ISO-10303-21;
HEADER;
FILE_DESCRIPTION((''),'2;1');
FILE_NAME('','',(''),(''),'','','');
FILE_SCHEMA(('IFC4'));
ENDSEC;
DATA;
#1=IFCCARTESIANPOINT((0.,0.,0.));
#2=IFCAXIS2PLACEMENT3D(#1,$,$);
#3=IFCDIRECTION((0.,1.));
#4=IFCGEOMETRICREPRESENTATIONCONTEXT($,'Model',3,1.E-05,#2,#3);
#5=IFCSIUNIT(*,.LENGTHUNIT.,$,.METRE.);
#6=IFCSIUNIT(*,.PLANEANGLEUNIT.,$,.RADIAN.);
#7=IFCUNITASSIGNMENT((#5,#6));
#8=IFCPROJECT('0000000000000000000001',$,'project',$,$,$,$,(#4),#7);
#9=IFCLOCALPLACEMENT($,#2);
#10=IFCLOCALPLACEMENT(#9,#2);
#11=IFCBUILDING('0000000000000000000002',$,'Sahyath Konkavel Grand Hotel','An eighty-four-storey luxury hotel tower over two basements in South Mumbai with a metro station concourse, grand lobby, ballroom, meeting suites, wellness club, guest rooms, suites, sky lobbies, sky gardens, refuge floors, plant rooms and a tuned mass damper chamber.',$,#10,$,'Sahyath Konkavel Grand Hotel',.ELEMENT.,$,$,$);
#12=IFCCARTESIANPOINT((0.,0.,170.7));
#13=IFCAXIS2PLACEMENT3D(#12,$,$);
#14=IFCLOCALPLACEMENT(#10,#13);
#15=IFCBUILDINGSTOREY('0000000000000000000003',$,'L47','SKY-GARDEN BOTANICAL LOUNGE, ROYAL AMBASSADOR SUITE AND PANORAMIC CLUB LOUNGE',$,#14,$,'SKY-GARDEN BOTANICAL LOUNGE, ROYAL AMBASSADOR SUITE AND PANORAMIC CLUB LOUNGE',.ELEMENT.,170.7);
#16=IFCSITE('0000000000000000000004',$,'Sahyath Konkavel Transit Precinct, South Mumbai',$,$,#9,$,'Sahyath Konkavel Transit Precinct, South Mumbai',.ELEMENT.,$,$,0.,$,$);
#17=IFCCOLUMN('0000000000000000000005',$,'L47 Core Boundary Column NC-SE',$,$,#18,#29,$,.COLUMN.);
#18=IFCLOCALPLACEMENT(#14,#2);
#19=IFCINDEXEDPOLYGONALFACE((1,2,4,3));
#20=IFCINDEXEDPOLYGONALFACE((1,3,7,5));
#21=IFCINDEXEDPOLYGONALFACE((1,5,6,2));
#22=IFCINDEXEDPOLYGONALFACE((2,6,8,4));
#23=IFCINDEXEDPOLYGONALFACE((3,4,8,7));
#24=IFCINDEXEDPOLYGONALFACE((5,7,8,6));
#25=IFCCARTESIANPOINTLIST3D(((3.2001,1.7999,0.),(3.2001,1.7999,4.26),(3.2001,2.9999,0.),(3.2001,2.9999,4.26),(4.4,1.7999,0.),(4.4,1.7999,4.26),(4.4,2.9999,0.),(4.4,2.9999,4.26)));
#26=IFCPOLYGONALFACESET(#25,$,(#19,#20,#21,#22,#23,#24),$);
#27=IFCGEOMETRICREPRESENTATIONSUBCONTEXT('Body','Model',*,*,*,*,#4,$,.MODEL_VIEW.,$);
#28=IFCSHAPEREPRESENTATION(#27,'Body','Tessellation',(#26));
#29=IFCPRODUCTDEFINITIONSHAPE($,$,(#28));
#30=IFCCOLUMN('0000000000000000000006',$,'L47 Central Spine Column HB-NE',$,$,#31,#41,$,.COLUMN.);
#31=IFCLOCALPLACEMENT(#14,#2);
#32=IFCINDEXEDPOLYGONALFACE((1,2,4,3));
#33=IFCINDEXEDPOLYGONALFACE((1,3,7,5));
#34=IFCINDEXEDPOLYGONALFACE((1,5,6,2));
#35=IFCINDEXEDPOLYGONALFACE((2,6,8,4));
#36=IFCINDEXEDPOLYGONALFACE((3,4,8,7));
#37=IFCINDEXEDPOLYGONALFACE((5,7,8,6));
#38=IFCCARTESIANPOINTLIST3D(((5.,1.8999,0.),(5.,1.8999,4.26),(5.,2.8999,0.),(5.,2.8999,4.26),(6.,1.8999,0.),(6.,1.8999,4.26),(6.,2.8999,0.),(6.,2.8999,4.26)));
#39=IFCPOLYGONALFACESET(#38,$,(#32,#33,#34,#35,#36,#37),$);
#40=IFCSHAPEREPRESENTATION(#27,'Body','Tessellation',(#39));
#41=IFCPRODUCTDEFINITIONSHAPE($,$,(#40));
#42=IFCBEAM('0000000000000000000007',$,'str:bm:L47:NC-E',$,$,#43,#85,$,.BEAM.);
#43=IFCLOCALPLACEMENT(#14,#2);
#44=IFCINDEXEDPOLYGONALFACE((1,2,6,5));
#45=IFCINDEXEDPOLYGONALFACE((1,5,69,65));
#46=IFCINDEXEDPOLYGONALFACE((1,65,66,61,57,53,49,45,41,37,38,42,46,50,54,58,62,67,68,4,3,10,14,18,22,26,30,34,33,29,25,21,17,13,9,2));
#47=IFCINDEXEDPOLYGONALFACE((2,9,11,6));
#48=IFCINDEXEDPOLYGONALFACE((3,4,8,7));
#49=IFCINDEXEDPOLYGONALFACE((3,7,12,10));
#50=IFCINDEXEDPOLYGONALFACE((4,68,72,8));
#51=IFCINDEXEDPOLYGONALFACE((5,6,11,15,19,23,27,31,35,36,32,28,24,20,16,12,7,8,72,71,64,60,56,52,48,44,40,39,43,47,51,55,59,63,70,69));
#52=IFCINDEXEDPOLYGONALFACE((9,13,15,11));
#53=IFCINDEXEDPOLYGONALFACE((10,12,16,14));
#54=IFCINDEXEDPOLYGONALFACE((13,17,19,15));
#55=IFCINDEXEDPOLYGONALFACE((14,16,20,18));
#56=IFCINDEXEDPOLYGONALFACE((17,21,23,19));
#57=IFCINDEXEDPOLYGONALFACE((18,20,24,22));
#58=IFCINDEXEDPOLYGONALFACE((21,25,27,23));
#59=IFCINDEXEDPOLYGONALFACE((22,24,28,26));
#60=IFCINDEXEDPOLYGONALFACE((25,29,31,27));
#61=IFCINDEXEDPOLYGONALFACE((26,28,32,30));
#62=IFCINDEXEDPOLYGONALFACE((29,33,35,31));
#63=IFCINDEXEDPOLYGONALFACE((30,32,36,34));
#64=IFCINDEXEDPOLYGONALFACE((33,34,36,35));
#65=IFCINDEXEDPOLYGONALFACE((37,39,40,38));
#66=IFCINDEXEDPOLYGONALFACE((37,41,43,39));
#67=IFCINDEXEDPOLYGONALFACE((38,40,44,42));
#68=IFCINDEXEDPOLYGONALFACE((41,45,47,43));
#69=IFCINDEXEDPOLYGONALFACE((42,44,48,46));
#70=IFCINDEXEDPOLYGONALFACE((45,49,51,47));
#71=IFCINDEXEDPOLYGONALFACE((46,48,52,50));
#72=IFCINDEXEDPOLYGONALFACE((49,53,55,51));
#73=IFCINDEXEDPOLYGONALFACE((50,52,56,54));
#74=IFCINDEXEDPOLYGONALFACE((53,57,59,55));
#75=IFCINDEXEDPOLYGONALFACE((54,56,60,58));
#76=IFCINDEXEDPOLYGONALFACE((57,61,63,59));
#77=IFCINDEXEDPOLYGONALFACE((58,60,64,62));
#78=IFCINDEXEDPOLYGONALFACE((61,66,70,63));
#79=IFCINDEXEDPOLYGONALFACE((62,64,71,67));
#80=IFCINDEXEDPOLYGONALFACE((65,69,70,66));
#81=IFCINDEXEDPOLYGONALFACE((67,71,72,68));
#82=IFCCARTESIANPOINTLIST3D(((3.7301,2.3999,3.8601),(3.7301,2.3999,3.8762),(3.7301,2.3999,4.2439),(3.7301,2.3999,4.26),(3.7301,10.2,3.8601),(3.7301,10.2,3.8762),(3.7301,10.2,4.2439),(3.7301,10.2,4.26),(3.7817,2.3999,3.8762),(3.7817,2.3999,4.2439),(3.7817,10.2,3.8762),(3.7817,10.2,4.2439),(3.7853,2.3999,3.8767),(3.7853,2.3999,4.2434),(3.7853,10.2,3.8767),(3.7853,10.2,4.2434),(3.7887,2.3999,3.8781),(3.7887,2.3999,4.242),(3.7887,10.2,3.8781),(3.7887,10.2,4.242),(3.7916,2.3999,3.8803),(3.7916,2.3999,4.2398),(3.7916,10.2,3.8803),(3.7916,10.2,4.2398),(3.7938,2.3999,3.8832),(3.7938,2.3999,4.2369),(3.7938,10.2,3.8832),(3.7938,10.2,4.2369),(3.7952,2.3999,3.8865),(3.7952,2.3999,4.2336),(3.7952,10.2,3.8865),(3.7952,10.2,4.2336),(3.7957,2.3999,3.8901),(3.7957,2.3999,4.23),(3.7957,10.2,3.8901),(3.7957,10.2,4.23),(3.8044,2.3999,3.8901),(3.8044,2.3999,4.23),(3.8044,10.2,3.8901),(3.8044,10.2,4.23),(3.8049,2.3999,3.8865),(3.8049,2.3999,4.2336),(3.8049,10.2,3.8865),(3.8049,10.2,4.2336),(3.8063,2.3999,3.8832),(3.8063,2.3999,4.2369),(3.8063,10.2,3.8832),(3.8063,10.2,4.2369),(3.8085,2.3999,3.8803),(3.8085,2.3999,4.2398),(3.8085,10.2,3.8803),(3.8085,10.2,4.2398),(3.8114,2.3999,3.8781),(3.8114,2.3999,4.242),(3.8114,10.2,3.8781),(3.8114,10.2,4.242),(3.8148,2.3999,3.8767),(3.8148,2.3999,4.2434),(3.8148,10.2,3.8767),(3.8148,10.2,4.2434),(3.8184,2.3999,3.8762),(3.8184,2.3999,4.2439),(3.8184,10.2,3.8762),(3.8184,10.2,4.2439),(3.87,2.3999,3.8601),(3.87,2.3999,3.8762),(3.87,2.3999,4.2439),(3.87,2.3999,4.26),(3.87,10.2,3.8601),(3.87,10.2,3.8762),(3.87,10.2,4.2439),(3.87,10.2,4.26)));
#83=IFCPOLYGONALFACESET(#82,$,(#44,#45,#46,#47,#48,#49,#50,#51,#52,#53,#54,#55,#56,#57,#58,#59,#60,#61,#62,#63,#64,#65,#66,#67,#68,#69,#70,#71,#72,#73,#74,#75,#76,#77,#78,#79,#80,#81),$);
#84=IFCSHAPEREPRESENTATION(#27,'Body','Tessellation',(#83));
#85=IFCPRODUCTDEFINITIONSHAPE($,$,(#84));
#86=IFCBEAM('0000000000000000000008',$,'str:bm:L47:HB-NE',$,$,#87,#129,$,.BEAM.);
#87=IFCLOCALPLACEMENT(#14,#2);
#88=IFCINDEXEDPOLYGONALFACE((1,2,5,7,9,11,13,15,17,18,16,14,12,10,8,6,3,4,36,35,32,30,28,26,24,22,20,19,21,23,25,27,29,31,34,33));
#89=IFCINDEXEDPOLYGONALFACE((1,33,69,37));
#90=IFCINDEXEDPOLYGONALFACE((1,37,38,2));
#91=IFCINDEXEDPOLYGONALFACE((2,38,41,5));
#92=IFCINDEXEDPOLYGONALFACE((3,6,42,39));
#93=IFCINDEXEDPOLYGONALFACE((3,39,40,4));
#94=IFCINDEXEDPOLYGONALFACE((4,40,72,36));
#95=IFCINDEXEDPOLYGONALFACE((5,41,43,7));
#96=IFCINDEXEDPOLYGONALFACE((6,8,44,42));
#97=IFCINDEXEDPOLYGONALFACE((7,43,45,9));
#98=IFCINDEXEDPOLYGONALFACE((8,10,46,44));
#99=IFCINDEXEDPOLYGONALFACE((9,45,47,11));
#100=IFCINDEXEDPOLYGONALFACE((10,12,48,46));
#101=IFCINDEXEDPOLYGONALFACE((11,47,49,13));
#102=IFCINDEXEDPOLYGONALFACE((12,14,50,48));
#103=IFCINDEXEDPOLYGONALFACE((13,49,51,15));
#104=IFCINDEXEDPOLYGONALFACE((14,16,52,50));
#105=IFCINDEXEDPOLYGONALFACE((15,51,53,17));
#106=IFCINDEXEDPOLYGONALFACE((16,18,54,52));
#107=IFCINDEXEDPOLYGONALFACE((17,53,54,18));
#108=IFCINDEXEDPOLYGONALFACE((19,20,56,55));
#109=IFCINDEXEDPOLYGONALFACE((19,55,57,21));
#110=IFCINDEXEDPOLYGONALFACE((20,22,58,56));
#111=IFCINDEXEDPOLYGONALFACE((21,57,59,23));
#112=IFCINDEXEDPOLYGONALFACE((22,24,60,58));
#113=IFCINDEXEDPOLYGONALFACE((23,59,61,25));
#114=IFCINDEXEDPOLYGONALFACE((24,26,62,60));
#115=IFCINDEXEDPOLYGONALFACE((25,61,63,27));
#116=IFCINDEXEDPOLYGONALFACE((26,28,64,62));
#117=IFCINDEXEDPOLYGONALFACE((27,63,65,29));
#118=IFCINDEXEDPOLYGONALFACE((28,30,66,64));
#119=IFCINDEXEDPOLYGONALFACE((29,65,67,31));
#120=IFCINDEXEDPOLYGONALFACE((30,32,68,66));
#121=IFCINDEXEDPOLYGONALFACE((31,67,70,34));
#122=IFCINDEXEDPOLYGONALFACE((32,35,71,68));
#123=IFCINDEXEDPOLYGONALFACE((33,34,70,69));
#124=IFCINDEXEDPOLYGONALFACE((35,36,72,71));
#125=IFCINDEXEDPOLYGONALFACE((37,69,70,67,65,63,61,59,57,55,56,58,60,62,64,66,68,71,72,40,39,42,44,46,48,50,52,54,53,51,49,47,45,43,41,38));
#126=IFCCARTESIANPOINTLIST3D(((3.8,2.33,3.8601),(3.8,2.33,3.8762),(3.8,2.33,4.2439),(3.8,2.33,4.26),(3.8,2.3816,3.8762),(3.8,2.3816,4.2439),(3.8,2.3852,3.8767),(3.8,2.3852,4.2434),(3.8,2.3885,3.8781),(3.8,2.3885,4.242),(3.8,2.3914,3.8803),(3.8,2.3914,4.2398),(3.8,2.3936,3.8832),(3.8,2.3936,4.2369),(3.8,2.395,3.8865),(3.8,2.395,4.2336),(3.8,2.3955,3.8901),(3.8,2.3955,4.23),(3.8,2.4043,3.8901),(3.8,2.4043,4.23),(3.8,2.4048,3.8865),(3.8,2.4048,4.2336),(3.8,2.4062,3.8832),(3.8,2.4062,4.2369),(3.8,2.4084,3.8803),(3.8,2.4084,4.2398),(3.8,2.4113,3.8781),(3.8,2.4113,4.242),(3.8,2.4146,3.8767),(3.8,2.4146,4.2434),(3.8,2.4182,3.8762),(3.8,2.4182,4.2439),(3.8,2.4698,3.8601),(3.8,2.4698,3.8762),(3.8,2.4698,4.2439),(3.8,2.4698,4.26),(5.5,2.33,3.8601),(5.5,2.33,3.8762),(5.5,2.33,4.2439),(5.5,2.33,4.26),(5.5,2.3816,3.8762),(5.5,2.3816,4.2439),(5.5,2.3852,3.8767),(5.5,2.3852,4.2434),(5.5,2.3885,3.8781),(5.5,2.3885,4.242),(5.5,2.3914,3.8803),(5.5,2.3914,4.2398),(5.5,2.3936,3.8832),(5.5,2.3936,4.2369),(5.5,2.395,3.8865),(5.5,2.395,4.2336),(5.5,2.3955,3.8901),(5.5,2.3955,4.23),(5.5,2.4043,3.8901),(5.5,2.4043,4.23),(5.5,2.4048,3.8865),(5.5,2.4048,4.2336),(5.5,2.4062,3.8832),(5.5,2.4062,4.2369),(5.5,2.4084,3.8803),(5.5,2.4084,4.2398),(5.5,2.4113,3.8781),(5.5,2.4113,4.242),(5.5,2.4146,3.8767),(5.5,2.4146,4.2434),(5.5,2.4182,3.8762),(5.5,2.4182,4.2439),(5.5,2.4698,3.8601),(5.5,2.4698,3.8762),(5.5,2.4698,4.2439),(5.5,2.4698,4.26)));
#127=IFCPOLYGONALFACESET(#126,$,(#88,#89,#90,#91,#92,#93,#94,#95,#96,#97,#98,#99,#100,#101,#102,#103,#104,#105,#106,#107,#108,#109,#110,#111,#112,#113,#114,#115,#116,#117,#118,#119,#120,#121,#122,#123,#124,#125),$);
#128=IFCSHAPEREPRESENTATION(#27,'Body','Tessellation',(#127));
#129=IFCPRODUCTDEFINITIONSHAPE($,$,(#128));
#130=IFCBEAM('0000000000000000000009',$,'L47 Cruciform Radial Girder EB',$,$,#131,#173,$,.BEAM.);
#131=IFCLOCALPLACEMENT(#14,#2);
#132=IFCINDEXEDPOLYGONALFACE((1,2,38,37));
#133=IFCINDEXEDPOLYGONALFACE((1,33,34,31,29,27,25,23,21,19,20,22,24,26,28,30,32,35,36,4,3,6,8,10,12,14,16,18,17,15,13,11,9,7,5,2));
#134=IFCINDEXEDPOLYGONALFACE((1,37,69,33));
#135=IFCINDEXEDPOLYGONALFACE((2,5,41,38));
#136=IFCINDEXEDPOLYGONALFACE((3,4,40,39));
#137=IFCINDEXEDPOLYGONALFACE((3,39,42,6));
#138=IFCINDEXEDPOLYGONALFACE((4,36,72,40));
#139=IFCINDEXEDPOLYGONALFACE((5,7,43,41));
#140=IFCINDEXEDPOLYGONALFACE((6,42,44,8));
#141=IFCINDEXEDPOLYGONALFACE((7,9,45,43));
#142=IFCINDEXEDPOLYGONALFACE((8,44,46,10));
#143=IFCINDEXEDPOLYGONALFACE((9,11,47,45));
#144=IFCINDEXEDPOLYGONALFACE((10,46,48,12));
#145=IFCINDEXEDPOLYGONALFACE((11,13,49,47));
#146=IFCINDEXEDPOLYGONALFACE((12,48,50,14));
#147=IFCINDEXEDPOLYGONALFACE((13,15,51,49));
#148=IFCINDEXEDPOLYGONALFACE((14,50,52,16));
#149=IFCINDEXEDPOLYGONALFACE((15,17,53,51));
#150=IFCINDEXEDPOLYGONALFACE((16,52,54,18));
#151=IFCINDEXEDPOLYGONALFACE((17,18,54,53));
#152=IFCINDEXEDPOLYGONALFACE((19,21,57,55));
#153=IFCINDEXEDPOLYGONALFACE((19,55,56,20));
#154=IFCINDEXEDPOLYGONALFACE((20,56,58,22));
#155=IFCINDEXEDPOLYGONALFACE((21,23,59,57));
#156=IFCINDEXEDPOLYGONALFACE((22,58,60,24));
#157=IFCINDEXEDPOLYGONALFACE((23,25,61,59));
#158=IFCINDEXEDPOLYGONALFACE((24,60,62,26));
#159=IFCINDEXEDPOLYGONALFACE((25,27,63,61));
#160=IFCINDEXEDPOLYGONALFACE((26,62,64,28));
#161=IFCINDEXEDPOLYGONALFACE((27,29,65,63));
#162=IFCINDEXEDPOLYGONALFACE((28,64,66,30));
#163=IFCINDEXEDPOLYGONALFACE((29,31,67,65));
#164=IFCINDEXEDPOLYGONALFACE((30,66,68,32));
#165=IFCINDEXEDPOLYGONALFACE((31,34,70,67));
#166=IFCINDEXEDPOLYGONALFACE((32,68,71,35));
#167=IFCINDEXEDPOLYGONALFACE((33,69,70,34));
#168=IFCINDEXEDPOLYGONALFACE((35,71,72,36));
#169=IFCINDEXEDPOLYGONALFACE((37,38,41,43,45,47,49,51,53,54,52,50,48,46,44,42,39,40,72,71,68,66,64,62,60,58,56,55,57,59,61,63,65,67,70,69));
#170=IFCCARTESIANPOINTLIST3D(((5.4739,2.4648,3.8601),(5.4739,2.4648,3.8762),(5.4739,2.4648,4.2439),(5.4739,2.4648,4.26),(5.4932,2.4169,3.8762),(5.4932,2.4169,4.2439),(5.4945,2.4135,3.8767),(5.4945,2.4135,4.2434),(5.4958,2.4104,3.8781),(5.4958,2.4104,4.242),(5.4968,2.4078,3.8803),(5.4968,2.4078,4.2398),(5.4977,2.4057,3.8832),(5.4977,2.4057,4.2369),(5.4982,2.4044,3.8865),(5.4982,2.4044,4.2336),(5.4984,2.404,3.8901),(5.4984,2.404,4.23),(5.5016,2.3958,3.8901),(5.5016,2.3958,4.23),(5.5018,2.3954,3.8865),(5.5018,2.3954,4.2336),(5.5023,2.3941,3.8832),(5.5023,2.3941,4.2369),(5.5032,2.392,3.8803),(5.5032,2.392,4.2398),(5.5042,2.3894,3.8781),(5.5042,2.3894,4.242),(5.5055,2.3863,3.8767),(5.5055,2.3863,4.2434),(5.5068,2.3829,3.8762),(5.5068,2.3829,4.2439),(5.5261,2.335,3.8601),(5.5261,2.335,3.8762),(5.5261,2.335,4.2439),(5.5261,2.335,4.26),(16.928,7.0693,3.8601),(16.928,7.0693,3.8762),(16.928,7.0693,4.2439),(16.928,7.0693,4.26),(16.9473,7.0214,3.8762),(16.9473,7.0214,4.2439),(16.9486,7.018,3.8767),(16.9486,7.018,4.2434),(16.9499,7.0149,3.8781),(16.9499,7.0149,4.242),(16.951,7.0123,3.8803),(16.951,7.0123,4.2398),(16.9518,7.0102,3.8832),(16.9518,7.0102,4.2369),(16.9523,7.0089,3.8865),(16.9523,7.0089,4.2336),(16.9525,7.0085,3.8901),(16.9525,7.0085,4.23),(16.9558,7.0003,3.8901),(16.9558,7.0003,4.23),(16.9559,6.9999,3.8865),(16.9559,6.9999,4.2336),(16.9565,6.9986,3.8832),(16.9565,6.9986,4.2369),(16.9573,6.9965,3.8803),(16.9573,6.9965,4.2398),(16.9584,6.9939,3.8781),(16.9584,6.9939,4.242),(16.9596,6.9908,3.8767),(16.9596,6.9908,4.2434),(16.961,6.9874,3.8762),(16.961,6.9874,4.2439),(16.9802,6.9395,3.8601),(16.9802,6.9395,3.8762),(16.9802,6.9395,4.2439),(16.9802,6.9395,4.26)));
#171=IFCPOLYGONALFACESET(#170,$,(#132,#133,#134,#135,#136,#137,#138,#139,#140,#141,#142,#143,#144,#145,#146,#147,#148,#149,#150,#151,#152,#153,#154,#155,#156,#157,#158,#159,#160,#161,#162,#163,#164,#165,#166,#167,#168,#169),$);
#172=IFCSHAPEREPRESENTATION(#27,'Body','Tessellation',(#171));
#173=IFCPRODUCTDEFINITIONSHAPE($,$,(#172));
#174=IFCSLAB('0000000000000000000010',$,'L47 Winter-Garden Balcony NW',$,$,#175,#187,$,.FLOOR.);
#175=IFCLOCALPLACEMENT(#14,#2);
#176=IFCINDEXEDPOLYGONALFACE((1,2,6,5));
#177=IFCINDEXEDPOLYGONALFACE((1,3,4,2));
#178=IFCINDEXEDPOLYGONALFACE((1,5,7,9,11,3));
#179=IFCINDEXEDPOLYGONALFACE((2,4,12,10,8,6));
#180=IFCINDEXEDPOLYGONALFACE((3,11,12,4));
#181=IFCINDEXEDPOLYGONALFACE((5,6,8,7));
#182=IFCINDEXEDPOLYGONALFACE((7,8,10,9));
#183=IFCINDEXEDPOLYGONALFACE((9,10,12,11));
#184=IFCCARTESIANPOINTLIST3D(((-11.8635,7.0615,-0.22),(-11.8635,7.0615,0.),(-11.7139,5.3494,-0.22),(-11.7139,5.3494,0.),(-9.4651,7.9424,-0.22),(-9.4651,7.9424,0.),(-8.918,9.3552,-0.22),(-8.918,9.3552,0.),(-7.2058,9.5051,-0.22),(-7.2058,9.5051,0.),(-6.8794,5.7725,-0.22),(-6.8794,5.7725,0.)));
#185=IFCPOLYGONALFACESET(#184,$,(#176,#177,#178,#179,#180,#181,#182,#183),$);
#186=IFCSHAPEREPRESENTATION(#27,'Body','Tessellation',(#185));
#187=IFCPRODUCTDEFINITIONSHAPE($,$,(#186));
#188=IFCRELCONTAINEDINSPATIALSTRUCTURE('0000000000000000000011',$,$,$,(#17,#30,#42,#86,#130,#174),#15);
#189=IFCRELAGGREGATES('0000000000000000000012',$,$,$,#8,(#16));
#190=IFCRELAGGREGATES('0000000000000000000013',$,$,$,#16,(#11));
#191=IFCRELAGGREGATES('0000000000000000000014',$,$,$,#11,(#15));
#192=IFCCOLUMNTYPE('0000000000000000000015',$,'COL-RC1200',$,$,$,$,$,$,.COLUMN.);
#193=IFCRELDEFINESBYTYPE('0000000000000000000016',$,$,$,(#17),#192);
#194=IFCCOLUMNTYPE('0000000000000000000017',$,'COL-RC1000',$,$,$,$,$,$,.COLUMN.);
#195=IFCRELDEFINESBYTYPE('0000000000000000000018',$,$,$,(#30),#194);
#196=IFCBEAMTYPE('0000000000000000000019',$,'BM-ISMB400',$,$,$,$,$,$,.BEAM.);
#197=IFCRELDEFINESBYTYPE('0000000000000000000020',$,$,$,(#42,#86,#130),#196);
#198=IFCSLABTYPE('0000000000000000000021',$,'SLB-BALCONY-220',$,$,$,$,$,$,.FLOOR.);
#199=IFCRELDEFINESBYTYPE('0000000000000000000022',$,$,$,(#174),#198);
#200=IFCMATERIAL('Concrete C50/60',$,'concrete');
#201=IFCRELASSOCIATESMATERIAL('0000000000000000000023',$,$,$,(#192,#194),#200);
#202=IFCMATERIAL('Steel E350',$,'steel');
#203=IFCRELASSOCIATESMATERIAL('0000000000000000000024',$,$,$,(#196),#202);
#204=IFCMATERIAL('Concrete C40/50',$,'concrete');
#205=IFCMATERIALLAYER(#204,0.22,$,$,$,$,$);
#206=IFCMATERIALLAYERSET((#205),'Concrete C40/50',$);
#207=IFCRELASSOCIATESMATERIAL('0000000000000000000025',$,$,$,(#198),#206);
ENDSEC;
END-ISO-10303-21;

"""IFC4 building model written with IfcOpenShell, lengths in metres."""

from ifc_helpers import new_model, si_unit, direction, frame, origin, origin_2d, place, context, subcontext, project, spatial, polyline, rectangle, i_section, outline, extrude, source, transform, mapped, material, layer, layer_set, material_profile, profile_set, type_object, element, save


model = new_model("IFC4")

# Units and contexts
model_context = context("Model", 3, precision=1e-05, world=origin(), true_north=direction((0.0, 1.0)))
body_context = subcontext(model_context, "Body", "Model", "MODEL_VIEW")
ifc_project = project(units=[si_unit("LENGTHUNIT", "METRE"), si_unit("PLANEANGLEUNIT", "RADIAN")], contexts=[model_context])

# Site, building, storey
site_placement = place(None, origin())
site = spatial("IfcSite", under=ifc_project, at=site_placement, Name="Sahyath Konkavel Transit Precinct, South Mumbai", LongName="Sahyath Konkavel Transit Precinct, South Mumbai", CompositionType="ELEMENT", RefElevation=0.0)
building_placement = place(site_placement, origin())
building = spatial("IfcBuilding", under=site, at=building_placement, Name="Sahyath Konkavel Grand Hotel", Description="An eighty-four-storey luxury hotel tower over two basements in South Mumbai with a metro station concourse, grand lobby, ballroom, meeting suites, wellness club, guest rooms, suites, sky lobbies, sky gardens, refuge floors, plant rooms and a tuned mass damper chamber.", LongName="Sahyath Konkavel Grand Hotel", CompositionType="ELEMENT")
storey_placement = place(building_placement, frame((0.0, 0.0, 170.7)))
storey = spatial("IfcBuildingStorey", under=building, at=storey_placement, Name="L47", Description="SKY-GARDEN BOTANICAL LOUNGE, ROYAL AMBASSADOR SUITE AND PANORAMIC CLUB LOUNGE", LongName="SKY-GARDEN BOTANICAL LOUNGE, ROYAL AMBASSADOR SUITE AND PANORAMIC CLUB LOUNGE", CompositionType="ELEMENT", Elevation=170.7)

# Columns
ifc_material_1 = material(Name="Concrete C50/60", Category="concrete")
ifc_material_profile_1 = material_profile(ifc_material_1, rectangle(XDim=1.2, YDim=1.2, at=origin_2d()), Name="RC 1200x1200")
ifc_profile_set_1 = profile_set([ifc_material_profile_1], Name="Concrete C50/60")
column_type_1 = type_object("IfcColumnType", Name="COL-RC1200", PredefinedType="COLUMN", material=ifc_profile_set_1)
shared_shape_1 = source(origin(), body_context, "Body", "SweptSolid", [
    extrude(rectangle(XDim=1.2, YDim=1.2, at=origin_2d()), origin(), (0.0, 0.0, 1.0), 4.26),
])
column_1_placement = place(storey_placement, frame((3.8, 2.3999, 0.0), z_axis=(0.0, 0.0, 1.0), x_axis=(1.0, 0.0, 0.0)))
element("IfcColumn", 1, at=column_1_placement, inside=storey, type_object=column_type_1, Name="L47 Core Boundary Column NC-SE", PredefinedType="COLUMN", context=body_context, shape_type="MappedRepresentation", body=[
    mapped(shared_shape_1, transform((0.0, 0.0, 0.0), scale=1.0)),
])
ifc_material_profile_2 = material_profile(ifc_material_1, rectangle(XDim=1.0, YDim=1.0, at=origin_2d()), Name="RC 1000x1000")
ifc_profile_set_2 = profile_set([ifc_material_profile_2], Name="Concrete C50/60")
column_type_2 = type_object("IfcColumnType", Name="COL-RC1000", PredefinedType="COLUMN", material=ifc_profile_set_2)
shared_shape_2 = source(origin(), body_context, "Body", "SweptSolid", [
    extrude(rectangle(XDim=1.0, YDim=1.0, at=origin_2d()), origin(), (0.0, 0.0, 1.0), 4.26),
])
column_2_placement = place(storey_placement, frame((5.5, 2.3999, 0.0), z_axis=(0.0, 0.0, 1.0), x_axis=(1.0, 0.0, 0.0)))
element("IfcColumn", 2, at=column_2_placement, inside=storey, type_object=column_type_2, Name="L47 Central Spine Column HB-NE", PredefinedType="COLUMN", context=body_context, shape_type="MappedRepresentation", body=[
    mapped(shared_shape_2, transform((0.0, 0.0, 0.0), scale=1.0)),
])

# Beams
ifc_material_2 = material(Name="Steel E350", Category="steel")
ifc_material_profile_3 = material_profile(ifc_material_2, i_section(OverallWidth=0.1399, OverallDepth=0.3999, WebThickness=0.0088, FlangeThickness=0.0161, FilletRadius=0.0139, at=origin_2d()), Name="ISMB 400")
ifc_profile_set_3 = profile_set([ifc_material_profile_3], Name="Steel E350")
beam_type = type_object("IfcBeamType", Name="BM-ISMB400", PredefinedType="BEAM", material=ifc_profile_set_3)
shared_shape_3 = source(origin(), body_context, "Body", "SweptSolid", [
    extrude(i_section(OverallWidth=0.1399, OverallDepth=0.3999, WebThickness=0.0088, FlangeThickness=0.0161, FilletRadius=0.0139, at=origin_2d()), origin(), (0.0, 0.0, 1.0), 7.8),
])
beam_1_placement = place(storey_placement, frame((3.8, 2.3999, 4.0601), z_axis=(0.0, 1.0, 0.0), x_axis=(-1.0, 0.0, 0.0)))
element("IfcBeam", 3, at=beam_1_placement, inside=storey, type_object=beam_type, Name="str:bm:L47:NC-E", PredefinedType="BEAM", context=body_context, shape_type="MappedRepresentation", body=[
    mapped(shared_shape_3, transform((0.0, 0.0, 0.0), scale=1.0)),
])
shared_shape_4 = source(origin(), body_context, "Body", "SweptSolid", [
    extrude(i_section(OverallWidth=0.1399, OverallDepth=0.3999, WebThickness=0.0088, FlangeThickness=0.0161, FilletRadius=0.0139, at=origin_2d()), origin(), (0.0, 0.0, 1.0), 1.7),
])
beam_2_placement = place(storey_placement, frame((3.8, 2.3999, 4.0601), z_axis=(1.0, 0.0, 0.0), x_axis=(0.0, 1.0, 0.0)))
element("IfcBeam", 4, at=beam_2_placement, inside=storey, type_object=beam_type, Name="str:bm:L47:HB-NE", PredefinedType="BEAM", context=body_context, shape_type="MappedRepresentation", body=[
    mapped(shared_shape_4, transform((0.0, 0.0, 0.0), scale=1.0)),
])
shared_shape_5 = source(origin(), body_context, "Body", "SweptSolid", [
    extrude(i_section(OverallWidth=0.1399, OverallDepth=0.3999, WebThickness=0.0088, FlangeThickness=0.0161, FilletRadius=0.0139, at=origin_2d()), origin(), (0.0, 0.0, 1.0), 12.345),
])
beam_3_placement = place(storey_placement, frame((5.5, 2.3999, 4.0601), z_axis=(0.927837, 0.372986, 0.0), x_axis=(-0.372986, 0.927837, 0.0)))
element("IfcBeam", 5, at=beam_3_placement, inside=storey, type_object=beam_type, Name="L47 Cruciform Radial Girder EB", PredefinedType="BEAM", context=body_context, shape_type="MappedRepresentation", body=[
    mapped(shared_shape_5, transform((0.0, 0.0, 0.0), scale=1.0)),
])

# Slab
ifc_material_3 = material(Name="Concrete C40/50", Category="concrete")
ifc_layer_1 = layer(ifc_material_3, 0.22)
ifc_layer_set_1 = layer_set([ifc_layer_1], Name="Concrete C40/50")
slab_type_1 = type_object("IfcSlabType", Name="SLB-BALCONY-220", PredefinedType="FLOOR", material=ifc_layer_set_1)
slab_1_placement = place(storey_placement, frame((0.0, 0.0, -0.22)))
element("IfcSlab", 6, at=slab_1_placement, inside=storey, type_object=slab_type_1, Name="L47 Winter-Garden Balcony NW", PredefinedType="FLOOR", context=body_context, shape_type="SweptSolid", body=[
    extrude(outline(polyline([(-6.8794, 5.7725), (-7.2058, 9.5051), (-8.918, 9.3552), (-9.4651, 7.9424), (-11.8635, 7.0615), (-11.7139, 5.3494), (-6.8794, 5.7725)])), origin(), (0.0, 0.0, 1.0), 0.22),
])

save(model, "model.ifc")
